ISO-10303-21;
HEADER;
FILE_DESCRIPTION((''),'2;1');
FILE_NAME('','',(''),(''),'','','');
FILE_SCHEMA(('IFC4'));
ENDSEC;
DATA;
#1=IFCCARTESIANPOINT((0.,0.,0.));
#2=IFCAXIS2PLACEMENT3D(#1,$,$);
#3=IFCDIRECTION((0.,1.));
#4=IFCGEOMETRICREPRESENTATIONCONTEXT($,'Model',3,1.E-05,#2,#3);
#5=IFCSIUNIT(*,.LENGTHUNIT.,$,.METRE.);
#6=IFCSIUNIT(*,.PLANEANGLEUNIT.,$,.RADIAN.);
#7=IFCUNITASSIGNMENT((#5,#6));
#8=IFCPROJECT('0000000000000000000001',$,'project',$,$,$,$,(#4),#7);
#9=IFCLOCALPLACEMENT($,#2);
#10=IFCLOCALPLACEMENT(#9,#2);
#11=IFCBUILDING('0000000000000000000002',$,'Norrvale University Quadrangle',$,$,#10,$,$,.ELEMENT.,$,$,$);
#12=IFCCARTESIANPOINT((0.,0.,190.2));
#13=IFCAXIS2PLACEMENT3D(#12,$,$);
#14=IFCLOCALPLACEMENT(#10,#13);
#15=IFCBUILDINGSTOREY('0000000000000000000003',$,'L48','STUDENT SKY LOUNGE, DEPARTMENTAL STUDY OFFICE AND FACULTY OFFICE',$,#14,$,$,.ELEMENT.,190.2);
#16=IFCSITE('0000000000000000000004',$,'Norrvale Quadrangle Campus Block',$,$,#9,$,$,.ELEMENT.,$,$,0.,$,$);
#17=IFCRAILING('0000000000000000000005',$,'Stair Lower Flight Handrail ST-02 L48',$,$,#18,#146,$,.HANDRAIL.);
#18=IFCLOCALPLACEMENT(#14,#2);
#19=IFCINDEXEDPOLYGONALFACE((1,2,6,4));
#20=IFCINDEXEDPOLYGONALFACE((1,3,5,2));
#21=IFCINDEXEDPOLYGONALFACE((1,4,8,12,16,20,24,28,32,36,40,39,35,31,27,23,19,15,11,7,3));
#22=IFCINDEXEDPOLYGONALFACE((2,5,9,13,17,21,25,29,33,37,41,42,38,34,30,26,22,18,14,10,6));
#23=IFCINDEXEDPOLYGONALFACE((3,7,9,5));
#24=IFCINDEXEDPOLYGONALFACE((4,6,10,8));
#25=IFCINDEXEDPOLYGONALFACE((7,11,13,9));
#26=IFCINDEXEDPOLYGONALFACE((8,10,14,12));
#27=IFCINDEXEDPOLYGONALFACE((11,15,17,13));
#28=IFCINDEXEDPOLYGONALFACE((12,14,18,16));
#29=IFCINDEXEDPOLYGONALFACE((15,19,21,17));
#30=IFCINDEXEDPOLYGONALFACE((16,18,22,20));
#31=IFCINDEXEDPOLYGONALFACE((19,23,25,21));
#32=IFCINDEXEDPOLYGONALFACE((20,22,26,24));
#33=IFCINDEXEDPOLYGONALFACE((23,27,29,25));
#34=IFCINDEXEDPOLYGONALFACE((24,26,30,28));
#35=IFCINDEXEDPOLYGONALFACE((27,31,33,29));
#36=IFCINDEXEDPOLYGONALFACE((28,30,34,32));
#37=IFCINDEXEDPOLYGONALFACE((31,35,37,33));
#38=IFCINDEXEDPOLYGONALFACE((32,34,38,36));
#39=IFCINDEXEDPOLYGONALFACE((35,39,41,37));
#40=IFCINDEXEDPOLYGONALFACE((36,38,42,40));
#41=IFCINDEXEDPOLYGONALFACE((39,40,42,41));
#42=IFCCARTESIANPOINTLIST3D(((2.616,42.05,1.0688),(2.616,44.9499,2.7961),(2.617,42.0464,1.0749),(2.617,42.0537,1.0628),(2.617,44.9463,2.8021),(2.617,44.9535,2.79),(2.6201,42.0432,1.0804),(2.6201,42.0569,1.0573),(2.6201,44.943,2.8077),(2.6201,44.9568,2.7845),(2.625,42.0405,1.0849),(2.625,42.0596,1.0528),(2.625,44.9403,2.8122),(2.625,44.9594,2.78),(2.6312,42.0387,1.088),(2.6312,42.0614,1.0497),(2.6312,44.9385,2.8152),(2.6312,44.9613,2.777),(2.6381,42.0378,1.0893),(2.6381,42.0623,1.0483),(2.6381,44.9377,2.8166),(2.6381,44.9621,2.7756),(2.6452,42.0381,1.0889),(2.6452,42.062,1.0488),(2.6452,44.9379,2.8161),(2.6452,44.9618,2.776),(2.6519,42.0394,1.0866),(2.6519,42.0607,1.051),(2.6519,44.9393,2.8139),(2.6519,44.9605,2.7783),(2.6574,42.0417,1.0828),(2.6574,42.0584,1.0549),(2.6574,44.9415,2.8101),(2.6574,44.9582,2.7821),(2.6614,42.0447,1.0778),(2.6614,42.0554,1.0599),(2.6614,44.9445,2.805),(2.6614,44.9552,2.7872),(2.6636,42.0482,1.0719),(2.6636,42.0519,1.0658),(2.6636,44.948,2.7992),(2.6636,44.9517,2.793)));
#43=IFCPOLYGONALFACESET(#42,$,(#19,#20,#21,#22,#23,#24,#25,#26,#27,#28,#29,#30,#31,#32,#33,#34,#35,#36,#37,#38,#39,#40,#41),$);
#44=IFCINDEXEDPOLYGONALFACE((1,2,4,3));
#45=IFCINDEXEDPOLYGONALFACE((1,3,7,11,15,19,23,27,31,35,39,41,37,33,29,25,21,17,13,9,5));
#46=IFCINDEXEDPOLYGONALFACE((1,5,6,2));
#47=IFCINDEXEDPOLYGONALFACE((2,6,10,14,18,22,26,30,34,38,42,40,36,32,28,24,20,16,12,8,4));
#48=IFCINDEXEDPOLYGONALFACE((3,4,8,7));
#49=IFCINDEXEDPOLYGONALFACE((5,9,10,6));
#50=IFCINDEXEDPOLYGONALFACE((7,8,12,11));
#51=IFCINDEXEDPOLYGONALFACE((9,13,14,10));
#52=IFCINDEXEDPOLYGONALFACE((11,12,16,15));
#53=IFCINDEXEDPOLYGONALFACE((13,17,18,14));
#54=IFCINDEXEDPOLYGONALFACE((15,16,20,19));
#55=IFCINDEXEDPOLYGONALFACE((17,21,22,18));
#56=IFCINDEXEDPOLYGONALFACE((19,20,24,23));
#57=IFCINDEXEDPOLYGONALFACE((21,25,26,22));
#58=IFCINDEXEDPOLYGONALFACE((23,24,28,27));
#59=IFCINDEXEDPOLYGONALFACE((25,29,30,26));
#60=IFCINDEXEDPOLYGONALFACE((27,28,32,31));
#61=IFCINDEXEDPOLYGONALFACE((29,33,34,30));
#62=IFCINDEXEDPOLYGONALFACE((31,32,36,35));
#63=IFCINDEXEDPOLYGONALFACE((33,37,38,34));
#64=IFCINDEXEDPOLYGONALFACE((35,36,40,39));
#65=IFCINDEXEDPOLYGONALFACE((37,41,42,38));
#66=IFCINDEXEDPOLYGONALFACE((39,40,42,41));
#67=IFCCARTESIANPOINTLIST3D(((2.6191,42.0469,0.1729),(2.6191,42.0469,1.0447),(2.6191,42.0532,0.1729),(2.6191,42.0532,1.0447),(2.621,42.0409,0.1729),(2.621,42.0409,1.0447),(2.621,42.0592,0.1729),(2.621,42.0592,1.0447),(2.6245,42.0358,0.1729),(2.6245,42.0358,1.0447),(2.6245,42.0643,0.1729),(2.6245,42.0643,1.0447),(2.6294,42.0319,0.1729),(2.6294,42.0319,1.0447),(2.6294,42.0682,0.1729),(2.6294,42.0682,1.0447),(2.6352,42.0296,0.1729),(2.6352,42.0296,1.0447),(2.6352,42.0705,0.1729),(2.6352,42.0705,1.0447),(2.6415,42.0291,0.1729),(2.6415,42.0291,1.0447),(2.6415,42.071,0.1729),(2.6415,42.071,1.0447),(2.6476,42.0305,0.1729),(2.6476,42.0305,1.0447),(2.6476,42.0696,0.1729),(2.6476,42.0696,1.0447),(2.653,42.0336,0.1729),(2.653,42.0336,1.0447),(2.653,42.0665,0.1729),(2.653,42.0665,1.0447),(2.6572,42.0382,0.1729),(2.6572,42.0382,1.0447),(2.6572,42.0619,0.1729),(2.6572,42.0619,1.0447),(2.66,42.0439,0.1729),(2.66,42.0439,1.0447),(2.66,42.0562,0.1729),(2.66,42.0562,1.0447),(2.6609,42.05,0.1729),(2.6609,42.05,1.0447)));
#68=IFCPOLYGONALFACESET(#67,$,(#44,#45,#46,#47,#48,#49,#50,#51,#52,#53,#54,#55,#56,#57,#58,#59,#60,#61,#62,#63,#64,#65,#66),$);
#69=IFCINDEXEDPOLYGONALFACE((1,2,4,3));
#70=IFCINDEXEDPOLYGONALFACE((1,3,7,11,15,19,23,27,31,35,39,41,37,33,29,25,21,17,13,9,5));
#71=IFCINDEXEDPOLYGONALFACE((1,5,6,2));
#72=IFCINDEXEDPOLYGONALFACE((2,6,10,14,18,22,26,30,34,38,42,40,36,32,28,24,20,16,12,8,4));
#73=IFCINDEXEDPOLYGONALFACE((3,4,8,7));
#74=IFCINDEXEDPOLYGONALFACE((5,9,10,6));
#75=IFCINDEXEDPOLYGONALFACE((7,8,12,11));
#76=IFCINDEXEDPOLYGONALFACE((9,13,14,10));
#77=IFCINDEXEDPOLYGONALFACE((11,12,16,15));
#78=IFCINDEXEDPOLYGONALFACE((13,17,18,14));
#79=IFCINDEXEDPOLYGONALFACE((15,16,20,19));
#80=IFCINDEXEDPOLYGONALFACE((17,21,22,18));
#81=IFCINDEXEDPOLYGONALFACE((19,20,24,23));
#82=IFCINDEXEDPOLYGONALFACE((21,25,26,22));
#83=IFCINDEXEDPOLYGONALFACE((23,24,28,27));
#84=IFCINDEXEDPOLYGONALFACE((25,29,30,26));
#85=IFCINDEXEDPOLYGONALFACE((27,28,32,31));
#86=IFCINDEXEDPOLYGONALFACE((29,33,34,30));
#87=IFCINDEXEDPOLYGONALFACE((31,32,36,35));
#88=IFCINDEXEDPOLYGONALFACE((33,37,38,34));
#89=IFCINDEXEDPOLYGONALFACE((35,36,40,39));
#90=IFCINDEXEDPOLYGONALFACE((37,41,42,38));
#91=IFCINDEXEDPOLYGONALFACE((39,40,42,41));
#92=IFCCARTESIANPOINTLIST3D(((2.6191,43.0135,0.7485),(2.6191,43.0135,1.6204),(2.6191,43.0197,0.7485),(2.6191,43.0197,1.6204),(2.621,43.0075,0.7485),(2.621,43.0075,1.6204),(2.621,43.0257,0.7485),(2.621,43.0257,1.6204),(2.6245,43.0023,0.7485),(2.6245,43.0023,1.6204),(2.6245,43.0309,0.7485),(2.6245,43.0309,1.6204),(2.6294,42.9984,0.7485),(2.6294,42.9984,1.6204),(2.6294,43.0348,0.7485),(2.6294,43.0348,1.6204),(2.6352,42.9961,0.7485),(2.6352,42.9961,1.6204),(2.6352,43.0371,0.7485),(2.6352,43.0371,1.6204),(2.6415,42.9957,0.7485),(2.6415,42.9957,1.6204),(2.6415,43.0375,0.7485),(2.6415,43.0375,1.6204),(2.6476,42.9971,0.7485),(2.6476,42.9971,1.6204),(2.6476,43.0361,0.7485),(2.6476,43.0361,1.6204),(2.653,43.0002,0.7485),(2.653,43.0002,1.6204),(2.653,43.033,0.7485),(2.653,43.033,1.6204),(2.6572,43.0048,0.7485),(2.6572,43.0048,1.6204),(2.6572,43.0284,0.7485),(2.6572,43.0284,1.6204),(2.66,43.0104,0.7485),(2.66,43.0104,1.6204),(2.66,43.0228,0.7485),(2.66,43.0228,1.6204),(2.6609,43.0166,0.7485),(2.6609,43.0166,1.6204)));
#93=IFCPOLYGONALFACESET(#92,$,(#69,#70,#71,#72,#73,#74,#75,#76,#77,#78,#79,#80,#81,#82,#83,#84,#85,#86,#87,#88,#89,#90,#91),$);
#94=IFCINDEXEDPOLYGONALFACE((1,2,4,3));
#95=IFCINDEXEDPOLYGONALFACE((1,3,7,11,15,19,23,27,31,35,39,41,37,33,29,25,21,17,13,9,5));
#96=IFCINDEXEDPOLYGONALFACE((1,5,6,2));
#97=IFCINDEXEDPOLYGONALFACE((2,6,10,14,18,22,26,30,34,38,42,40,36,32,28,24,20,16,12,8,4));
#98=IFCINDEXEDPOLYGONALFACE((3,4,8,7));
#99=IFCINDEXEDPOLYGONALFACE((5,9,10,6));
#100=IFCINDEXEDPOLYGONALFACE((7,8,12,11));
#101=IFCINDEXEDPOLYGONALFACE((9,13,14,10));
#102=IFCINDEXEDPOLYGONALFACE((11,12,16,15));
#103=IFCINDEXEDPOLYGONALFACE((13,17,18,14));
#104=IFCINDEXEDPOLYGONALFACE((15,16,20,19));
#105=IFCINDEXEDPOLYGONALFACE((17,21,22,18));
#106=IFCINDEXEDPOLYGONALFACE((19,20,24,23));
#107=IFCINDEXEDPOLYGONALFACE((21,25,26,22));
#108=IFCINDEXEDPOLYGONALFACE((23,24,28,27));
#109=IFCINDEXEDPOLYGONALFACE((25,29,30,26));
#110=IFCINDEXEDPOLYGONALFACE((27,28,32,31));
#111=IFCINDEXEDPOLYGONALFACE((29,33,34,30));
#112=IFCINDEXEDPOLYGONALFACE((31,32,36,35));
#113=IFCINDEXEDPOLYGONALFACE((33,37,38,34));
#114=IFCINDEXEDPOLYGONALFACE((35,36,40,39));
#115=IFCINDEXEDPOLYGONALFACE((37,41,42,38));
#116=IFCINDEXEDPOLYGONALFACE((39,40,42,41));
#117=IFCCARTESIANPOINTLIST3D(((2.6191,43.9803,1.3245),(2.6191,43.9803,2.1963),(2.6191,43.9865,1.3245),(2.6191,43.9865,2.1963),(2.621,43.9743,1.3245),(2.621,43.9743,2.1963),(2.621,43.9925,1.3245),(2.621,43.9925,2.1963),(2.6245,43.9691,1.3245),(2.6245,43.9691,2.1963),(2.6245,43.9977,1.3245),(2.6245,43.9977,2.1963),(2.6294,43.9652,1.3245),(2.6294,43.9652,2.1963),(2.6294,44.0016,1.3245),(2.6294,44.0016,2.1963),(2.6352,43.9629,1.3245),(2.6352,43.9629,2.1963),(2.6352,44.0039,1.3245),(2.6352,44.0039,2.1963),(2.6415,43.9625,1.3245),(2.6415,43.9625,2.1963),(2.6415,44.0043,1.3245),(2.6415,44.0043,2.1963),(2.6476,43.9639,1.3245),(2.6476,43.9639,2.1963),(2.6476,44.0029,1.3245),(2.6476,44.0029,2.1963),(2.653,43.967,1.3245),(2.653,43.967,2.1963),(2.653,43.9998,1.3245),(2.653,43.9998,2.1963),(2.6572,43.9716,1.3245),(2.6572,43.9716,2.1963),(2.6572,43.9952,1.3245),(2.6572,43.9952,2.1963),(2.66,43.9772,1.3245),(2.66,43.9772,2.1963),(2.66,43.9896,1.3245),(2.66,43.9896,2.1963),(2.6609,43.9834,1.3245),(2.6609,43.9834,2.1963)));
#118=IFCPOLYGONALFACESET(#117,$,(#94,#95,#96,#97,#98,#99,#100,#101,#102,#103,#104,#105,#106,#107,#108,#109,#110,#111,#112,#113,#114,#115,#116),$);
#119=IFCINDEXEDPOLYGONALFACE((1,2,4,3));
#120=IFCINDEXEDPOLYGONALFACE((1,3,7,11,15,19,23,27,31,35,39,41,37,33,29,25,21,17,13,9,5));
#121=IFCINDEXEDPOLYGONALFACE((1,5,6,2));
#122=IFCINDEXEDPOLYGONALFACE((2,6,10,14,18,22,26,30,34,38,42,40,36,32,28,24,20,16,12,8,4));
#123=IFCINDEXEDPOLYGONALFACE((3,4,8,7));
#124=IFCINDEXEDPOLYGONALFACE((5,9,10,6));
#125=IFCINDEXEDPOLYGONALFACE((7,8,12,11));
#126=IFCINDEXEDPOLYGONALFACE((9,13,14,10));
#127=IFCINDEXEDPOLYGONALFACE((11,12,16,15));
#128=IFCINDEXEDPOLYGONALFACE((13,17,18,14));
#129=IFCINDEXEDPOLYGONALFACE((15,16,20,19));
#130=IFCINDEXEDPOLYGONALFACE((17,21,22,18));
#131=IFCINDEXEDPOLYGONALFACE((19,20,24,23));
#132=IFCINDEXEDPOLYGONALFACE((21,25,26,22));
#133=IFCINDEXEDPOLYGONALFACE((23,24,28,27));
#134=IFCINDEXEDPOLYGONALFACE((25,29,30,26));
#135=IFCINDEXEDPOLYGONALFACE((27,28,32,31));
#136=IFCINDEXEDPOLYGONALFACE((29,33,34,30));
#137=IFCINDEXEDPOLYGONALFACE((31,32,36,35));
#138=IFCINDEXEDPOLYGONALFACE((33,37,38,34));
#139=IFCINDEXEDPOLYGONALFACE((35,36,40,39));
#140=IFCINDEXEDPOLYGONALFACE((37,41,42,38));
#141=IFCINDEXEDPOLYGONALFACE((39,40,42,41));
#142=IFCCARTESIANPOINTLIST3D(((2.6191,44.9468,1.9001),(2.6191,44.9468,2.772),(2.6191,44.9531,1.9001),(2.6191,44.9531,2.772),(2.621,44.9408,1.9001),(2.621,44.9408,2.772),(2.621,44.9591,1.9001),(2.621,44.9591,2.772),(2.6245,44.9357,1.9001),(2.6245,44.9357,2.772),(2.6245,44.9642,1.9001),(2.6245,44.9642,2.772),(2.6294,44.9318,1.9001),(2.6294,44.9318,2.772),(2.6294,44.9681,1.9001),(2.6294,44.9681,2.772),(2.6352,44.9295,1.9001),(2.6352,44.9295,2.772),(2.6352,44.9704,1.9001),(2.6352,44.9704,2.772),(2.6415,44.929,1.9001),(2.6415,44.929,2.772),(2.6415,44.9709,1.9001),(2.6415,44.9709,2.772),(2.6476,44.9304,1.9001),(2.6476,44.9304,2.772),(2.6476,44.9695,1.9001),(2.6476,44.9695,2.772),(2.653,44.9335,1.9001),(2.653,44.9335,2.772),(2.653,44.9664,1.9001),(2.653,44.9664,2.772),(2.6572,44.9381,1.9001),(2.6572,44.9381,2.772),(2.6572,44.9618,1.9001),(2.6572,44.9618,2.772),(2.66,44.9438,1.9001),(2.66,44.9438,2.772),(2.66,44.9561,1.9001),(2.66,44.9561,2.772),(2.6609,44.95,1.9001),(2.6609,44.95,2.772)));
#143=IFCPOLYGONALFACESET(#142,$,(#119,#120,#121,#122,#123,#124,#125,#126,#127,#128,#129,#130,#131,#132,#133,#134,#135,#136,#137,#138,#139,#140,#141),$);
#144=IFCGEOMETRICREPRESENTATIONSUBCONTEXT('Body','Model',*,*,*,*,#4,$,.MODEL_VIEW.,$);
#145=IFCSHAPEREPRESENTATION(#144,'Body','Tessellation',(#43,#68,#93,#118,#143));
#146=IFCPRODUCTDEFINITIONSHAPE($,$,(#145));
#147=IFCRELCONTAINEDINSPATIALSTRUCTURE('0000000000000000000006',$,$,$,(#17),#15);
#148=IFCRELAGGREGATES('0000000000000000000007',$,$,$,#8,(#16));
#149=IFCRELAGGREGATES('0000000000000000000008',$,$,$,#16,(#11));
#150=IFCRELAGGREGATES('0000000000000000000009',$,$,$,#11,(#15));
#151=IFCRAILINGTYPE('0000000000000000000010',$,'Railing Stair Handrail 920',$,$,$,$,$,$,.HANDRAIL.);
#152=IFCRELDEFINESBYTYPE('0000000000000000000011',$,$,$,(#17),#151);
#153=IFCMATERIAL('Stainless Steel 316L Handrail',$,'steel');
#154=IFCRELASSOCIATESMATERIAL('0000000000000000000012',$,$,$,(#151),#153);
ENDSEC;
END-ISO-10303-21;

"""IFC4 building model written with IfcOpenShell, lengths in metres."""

from ifc_helpers import new_model, si_unit, direction, frame, origin, origin_2d, place, context, subcontext, project, spatial, circle, extrude, material, type_object, element, save


model = new_model("IFC4")

# Units and contexts
model_context = context("Model", 3, precision=1e-05, world=origin(), true_north=direction((0.0, 1.0)))
body_context = subcontext(model_context, "Body", "Model", "MODEL_VIEW")
ifc_project = project(units=[si_unit("LENGTHUNIT", "METRE"), si_unit("PLANEANGLEUNIT", "RADIAN")], contexts=[model_context])

# Site, building, storey
site_placement = place(None, origin())
site = spatial("IfcSite", under=ifc_project, at=site_placement, Name="Norrvale Quadrangle Campus Block", CompositionType="ELEMENT", RefElevation=0.0)
building_placement = place(site_placement, origin())
building = spatial("IfcBuilding", under=site, at=building_placement, Name="Norrvale University Quadrangle", CompositionType="ELEMENT")
storey_placement = place(building_placement, frame((0.0, 0.0, 190.2)))
storey = spatial("IfcBuildingStorey", under=building, at=storey_placement, Name="L48", Description="STUDENT SKY LOUNGE, DEPARTMENTAL STUDY OFFICE AND FACULTY OFFICE", CompositionType="ELEMENT", Elevation=190.2)

# Railing
ifc_material_1 = material(Name="Stainless Steel 316L Handrail", Category="steel")
railing_type_1 = type_object("IfcRailingType", Name="Railing Stair Handrail 920", PredefinedType="HANDRAIL", material=ifc_material_1)
railing_1_placement = place(storey_placement, frame((2.6399, 42.05, 0.1729)))
element("IfcRailing", 1, at=railing_1_placement, inside=storey, type_object=railing_type_1, Name="Stair Lower Flight Handrail ST-02 L48", PredefinedType="HANDRAIL", context=body_context, shape_type="SweptSolid", body=[
    extrude(circle(Radius=0.0239, at=origin_2d()), frame((0.0, 0.0, 0.896), z_axis=(0.0, 0.859141, 0.511738), x_axis=(-1.0, 0.0, 0.0)), (0.0, 0.0, 1.0), 3.3752),
    extrude(circle(Radius=0.021, at=origin_2d()), origin(), (0.0, 0.0, 1.0), 0.8718),
    extrude(circle(Radius=0.021, at=origin_2d()), frame((0.0, 0.9666, 0.5757)), (0.0, 0.0, 1.0), 0.8718),
    extrude(circle(Radius=0.021, at=origin_2d()), frame((0.0, 1.9333, 1.1516)), (0.0, 0.0, 1.0), 0.8718),
    extrude(circle(Radius=0.021, at=origin_2d()), frame((0.0, 2.8999, 1.7273)), (0.0, 0.0, 1.0), 0.8718),
])

save(model, "model.ifc")
